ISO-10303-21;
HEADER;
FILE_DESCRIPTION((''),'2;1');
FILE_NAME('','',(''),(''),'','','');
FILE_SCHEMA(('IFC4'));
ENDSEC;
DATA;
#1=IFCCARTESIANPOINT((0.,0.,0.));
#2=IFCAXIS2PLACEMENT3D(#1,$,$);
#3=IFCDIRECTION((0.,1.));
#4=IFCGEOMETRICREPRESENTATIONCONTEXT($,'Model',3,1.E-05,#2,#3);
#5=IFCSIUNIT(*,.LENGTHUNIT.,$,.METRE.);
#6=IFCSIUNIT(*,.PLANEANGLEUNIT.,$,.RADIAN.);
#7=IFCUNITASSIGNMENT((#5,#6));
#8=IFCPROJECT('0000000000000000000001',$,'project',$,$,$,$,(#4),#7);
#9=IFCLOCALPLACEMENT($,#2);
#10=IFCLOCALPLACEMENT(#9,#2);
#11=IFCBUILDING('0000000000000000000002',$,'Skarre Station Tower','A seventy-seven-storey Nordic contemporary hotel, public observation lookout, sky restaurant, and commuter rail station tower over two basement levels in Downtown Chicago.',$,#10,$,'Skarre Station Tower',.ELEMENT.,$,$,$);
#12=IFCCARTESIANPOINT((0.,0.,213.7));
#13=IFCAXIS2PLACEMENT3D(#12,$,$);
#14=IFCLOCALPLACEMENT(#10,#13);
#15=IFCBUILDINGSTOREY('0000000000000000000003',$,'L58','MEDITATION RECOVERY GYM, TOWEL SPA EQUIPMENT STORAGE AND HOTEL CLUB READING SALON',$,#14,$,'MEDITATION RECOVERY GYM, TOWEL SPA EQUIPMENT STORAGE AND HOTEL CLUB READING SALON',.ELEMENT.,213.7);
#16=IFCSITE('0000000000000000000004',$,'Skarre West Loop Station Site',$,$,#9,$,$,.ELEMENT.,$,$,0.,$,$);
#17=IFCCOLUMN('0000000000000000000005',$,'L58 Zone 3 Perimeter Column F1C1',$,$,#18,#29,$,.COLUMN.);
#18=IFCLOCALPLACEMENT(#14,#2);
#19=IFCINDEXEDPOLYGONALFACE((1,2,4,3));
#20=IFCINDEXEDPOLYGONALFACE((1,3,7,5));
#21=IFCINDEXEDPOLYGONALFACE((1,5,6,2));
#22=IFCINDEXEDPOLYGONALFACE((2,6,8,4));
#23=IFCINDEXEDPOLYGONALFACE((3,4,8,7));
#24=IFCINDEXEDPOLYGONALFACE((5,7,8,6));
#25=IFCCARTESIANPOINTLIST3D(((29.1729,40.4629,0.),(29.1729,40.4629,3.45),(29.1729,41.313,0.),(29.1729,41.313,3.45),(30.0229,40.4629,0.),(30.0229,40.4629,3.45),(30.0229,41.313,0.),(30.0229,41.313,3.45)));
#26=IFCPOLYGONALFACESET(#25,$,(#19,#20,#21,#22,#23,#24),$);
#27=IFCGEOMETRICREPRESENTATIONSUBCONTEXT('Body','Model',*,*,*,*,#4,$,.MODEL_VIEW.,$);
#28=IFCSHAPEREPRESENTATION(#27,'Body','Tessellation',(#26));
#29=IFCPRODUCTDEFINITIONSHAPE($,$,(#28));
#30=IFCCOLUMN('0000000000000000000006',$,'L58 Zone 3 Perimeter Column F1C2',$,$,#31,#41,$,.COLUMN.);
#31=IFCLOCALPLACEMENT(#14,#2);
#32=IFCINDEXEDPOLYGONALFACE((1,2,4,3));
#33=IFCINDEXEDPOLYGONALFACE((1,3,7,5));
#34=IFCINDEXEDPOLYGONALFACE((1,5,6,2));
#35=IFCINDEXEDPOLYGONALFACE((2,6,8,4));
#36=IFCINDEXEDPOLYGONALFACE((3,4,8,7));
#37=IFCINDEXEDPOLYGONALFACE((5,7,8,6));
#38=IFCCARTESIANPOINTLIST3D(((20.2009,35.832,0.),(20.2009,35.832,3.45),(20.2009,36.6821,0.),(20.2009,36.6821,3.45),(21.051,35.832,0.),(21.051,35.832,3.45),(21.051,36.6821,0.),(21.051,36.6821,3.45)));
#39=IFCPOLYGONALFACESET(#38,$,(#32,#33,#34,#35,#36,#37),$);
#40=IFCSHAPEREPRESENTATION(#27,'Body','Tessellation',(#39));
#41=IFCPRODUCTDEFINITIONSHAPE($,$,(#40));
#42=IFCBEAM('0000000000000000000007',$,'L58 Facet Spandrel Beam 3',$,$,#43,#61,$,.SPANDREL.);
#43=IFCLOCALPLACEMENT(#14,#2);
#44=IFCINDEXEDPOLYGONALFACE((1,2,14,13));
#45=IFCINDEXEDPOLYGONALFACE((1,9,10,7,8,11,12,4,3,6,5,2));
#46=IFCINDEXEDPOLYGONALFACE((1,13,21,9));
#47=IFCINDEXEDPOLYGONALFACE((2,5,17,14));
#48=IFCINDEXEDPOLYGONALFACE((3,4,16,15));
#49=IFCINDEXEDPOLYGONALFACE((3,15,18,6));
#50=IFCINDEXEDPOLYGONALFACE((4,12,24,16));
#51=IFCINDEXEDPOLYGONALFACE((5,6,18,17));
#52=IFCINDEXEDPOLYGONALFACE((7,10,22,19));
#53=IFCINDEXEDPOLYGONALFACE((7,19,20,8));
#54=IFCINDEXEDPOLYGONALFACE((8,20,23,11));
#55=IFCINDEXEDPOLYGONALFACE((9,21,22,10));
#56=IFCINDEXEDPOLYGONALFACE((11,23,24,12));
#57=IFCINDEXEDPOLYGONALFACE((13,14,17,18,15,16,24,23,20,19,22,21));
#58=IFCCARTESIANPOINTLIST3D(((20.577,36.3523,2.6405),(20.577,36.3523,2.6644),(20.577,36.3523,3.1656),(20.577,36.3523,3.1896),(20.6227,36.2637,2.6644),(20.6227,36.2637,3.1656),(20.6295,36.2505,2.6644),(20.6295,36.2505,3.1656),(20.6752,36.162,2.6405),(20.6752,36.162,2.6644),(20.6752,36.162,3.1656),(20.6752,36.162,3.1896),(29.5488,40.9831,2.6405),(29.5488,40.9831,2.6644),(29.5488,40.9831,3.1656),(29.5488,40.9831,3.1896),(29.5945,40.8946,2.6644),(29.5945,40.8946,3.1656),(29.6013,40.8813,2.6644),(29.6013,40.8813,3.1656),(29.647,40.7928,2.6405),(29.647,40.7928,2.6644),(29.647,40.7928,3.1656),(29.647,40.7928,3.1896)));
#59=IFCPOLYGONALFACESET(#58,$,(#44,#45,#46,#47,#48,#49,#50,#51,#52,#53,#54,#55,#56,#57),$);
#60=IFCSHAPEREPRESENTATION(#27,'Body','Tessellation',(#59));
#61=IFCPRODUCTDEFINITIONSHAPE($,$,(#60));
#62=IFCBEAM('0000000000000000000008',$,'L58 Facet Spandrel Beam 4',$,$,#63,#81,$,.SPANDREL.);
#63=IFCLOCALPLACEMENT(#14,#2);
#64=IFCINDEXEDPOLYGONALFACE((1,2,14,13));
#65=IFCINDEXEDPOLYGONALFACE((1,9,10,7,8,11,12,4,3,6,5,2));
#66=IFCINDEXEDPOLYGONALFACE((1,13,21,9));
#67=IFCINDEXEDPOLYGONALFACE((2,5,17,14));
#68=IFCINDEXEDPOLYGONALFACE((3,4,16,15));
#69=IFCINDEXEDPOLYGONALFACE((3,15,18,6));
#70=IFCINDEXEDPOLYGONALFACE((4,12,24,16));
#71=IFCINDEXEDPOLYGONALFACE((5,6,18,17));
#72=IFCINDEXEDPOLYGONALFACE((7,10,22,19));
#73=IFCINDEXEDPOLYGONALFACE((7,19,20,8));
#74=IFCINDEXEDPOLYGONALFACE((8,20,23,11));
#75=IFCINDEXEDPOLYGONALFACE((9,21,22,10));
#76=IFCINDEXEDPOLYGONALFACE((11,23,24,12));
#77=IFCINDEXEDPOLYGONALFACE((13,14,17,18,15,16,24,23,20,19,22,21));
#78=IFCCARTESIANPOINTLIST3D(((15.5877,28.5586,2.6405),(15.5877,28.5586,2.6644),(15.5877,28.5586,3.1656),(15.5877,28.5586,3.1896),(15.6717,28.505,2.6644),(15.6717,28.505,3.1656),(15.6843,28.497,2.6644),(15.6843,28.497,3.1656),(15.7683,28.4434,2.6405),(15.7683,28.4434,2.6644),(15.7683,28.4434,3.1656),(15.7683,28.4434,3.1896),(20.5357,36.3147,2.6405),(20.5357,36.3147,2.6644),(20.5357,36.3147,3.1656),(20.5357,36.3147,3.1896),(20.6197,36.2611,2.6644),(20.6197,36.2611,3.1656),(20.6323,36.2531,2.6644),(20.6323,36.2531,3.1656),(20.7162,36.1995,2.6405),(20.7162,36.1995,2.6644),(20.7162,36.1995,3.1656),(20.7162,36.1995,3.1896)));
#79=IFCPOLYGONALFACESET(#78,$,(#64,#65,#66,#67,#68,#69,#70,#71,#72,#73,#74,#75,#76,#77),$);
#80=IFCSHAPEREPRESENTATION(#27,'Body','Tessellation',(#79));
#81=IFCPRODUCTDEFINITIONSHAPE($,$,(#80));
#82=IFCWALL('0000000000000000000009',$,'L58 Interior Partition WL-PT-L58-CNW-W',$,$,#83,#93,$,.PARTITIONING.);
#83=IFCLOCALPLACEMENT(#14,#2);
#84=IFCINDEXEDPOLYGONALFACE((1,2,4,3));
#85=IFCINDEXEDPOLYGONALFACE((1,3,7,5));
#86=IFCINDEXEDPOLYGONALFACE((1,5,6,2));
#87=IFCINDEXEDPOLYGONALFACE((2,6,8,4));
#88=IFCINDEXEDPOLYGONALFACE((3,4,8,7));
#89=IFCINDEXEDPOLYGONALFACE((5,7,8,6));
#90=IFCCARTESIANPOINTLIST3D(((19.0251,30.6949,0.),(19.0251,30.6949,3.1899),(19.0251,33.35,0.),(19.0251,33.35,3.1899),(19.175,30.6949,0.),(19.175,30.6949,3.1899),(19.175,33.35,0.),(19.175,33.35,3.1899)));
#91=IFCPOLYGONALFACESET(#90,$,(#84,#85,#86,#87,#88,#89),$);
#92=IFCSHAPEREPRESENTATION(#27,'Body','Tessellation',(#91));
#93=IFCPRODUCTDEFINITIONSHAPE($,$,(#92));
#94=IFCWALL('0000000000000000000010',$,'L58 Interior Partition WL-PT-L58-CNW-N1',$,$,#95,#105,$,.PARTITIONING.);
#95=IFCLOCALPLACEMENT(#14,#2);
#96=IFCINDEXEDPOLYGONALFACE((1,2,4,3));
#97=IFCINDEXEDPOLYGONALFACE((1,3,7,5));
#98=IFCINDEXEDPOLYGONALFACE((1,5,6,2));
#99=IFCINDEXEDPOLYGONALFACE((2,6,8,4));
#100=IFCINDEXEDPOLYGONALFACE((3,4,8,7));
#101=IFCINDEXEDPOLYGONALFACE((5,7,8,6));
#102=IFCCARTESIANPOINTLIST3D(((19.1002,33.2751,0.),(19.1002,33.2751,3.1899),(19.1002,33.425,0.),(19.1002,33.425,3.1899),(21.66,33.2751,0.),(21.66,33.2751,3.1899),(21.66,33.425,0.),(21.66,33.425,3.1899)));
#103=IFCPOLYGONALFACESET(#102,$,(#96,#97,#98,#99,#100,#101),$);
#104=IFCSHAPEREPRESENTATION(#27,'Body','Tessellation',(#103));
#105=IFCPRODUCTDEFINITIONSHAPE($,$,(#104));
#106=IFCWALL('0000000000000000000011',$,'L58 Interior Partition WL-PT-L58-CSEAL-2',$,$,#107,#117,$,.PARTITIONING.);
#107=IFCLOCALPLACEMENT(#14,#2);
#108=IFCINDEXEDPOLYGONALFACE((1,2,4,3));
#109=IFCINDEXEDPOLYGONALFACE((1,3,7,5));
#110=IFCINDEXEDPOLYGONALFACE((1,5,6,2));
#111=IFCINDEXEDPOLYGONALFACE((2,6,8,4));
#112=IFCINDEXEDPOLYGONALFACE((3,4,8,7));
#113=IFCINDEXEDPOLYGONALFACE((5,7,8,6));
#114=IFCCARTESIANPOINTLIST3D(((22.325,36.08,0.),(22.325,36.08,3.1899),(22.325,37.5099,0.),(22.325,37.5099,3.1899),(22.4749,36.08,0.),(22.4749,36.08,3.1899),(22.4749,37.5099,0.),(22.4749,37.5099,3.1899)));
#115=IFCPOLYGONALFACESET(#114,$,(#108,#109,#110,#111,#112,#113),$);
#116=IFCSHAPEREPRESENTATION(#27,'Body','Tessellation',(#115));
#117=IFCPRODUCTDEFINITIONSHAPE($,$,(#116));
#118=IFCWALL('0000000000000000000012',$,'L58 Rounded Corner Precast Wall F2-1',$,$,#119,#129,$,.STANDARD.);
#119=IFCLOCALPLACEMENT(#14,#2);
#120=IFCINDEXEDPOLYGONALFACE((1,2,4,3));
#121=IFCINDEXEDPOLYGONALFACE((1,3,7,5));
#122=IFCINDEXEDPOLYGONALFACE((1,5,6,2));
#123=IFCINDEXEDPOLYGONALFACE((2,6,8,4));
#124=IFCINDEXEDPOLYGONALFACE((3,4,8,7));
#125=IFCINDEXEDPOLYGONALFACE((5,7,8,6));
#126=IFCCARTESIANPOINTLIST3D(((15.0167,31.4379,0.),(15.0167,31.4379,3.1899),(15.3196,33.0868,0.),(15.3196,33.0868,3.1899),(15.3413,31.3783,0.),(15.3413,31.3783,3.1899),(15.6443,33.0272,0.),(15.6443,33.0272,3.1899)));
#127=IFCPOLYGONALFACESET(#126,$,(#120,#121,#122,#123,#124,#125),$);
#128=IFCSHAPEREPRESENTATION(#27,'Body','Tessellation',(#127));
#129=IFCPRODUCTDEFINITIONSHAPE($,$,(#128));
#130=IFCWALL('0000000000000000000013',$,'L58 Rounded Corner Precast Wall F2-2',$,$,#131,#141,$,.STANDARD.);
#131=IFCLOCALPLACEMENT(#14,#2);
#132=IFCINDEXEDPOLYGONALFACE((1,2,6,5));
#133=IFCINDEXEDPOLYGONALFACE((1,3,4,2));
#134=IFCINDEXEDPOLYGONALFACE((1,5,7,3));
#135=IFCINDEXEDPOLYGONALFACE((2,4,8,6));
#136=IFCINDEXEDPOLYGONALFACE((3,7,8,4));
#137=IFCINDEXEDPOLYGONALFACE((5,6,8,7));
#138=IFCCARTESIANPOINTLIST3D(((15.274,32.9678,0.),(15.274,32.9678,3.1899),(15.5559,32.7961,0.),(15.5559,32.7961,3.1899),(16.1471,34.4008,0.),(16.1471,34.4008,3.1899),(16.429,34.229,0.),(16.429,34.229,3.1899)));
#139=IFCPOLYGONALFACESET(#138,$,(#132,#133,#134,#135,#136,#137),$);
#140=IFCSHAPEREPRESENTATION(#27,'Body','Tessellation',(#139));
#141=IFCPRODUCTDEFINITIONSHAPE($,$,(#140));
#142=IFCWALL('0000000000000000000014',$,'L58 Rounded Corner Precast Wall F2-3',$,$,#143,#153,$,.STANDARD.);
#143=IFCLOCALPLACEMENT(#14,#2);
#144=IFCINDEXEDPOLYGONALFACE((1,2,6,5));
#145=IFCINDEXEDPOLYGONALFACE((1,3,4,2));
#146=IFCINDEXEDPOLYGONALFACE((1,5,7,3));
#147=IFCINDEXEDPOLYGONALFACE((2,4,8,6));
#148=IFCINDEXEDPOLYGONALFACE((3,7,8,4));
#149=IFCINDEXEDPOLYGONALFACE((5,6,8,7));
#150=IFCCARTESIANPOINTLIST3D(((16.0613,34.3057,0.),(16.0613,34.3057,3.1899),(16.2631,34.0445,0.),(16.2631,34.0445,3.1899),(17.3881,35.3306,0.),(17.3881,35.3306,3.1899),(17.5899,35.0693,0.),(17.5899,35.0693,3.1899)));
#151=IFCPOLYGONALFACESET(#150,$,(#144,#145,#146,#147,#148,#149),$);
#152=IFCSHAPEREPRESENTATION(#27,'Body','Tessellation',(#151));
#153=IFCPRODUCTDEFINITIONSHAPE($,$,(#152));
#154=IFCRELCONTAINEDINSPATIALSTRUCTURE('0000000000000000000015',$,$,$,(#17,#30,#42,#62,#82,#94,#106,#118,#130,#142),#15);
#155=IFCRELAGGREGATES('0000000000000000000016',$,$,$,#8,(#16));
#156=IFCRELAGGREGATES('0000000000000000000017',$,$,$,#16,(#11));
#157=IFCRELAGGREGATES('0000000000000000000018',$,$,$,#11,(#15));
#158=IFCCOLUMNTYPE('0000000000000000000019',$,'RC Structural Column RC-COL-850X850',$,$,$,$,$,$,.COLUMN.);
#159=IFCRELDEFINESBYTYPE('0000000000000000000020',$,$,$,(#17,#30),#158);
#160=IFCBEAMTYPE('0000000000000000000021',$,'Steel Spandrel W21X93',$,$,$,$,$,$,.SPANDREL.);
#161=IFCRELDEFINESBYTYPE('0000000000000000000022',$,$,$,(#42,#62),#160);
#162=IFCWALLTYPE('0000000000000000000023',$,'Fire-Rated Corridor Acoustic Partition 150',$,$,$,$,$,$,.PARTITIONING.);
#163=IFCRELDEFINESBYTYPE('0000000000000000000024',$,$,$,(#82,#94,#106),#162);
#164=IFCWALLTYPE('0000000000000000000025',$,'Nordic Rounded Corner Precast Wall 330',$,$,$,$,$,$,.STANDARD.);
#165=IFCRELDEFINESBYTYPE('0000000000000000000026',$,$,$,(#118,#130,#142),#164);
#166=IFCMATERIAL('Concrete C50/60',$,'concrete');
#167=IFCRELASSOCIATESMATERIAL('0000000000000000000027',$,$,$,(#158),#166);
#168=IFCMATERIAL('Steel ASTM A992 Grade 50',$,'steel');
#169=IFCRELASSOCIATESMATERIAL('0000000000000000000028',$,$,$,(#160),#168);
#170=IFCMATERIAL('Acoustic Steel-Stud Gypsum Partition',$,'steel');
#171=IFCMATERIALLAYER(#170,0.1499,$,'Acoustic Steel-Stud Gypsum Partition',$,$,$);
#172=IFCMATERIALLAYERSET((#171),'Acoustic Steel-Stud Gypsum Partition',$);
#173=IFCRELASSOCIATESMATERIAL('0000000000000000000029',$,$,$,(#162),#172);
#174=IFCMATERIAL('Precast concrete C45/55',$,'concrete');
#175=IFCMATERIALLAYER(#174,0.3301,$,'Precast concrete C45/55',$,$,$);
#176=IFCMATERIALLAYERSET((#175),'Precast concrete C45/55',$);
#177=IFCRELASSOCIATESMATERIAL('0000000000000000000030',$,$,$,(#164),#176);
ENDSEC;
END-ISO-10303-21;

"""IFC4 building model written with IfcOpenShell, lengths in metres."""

from ifc_helpers import new_model, si_unit, direction, frame, frame_2d, origin, origin_2d, place, context, subcontext, project, spatial, rectangle, i_section, extrude, material, layer, layer_set, material_profile, profile_set, type_object, element, save


model = new_model("IFC4")

# Units and contexts
model_context = context("Model", 3, precision=1e-05, world=origin(), true_north=direction((0.0, 1.0)))
body_context = subcontext(model_context, "Body", "Model", "MODEL_VIEW")
ifc_project = project(units=[si_unit("LENGTHUNIT", "METRE"), si_unit("PLANEANGLEUNIT", "RADIAN")], contexts=[model_context])

# Site, building, storey
site_placement = place(None, origin())
site = spatial("IfcSite", under=ifc_project, at=site_placement, Name="Skarre West Loop Station Site", CompositionType="ELEMENT", RefElevation=0.0)
building_placement = place(site_placement, origin())
building = spatial("IfcBuilding", under=site, at=building_placement, Name="Skarre Station Tower", Description="A seventy-seven-storey Nordic contemporary hotel, public observation lookout, sky restaurant, and commuter rail station tower over two basement levels in Downtown Chicago.", LongName="Skarre Station Tower", CompositionType="ELEMENT")
storey_placement = place(building_placement, frame((0.0, 0.0, 213.7)))
storey = spatial("IfcBuildingStorey", under=building, at=storey_placement, Name="L58", Description="MEDITATION RECOVERY GYM, TOWEL SPA EQUIPMENT STORAGE AND HOTEL CLUB READING SALON", LongName="MEDITATION RECOVERY GYM, TOWEL SPA EQUIPMENT STORAGE AND HOTEL CLUB READING SALON", CompositionType="ELEMENT", Elevation=213.7)

# Columns
ifc_material_1 = material(Name="Concrete C50/60", Category="concrete")
ifc_material_profile_1 = material_profile(ifc_material_1, rectangle(XDim=0.8501, YDim=0.8501, at=origin_2d()), Name="Concrete C50/60")
ifc_profile_set_1 = profile_set([ifc_material_profile_1], Name="Concrete C50/60")
column_type = type_object("IfcColumnType", Name="RC Structural Column RC-COL-850X850", PredefinedType="COLUMN", material=ifc_profile_set_1)
for number, where, z_axis, x_axis, name in (
    (1, (29.5979, 40.8879, 0.0), (0.0, 0.0, 1.0), (1.0, 0.0, 0.0), "L58 Zone 3 Perimeter Column F1C1"),
    (2, (20.626, 36.2571, 0.0), (0.0, 0.0, 1.0), (1.0, 0.0, 0.0), "L58 Zone 3 Perimeter Column F1C2"),
):
    element("IfcColumn", number, at=place(storey_placement, frame(where, z_axis=z_axis, x_axis=x_axis)), inside=storey, type_object=column_type, Name=name, PredefinedType="COLUMN", context=body_context, shape_type="SweptSolid", body=[
        extrude(rectangle(XDim=0.8501, YDim=0.8501, at=origin_2d()), origin(), (0.0, 0.0, 1.0), 3.45),
    ])

# Beams
ifc_material_2 = material(Name="Steel ASTM A992 Grade 50", Category="steel")
ifc_material_profile_2 = material_profile(ifc_material_2, i_section(OverallWidth=0.2141, OverallDepth=0.5491, WebThickness=0.0149, FlangeThickness=0.0239, at=origin_2d()), Name="Steel ASTM A992 Grade 50")
ifc_profile_set_2 = profile_set([ifc_material_profile_2], Name="Steel ASTM A992 Grade 50")
beam_type = type_object("IfcBeamType", Name="Steel Spandrel W21X93", PredefinedType="SPANDREL", material=ifc_profile_set_2)
beam_1_placement = place(storey_placement, frame((29.5979, 40.8879, 2.915), z_axis=(-0.888613, -0.458658, 0.0), x_axis=(0.458658, -0.888613, 0.0)))
element("IfcBeam", 3, at=beam_1_placement, inside=storey, type_object=beam_type, Name="L58 Facet Spandrel Beam 3", PredefinedType="SPANDREL", context=body_context, shape_type="SweptSolid", body=[
    extrude(i_section(OverallWidth=0.2141, OverallDepth=0.5491, WebThickness=0.0149, FlangeThickness=0.0239, at=origin_2d()), origin(), (0.0, 0.0, 1.0), 10.0964),
])
beam_2_placement = place(storey_placement, frame((20.626, 36.2571, 2.915), z_axis=(-0.537826, -0.843056, 0.0), x_axis=(0.843056, -0.537826, 0.0)))
element("IfcBeam", 4, at=beam_2_placement, inside=storey, type_object=beam_type, Name="L58 Facet Spandrel Beam 4", PredefinedType="SPANDREL", context=body_context, shape_type="SweptSolid", body=[
    extrude(i_section(OverallWidth=0.2141, OverallDepth=0.5491, WebThickness=0.0149, FlangeThickness=0.0239, at=origin_2d()), origin(), (0.0, 0.0, 1.0), 9.2),
])

# Walls
ifc_material_3 = material(Name="Acoustic Steel-Stud Gypsum Partition", Category="steel")
ifc_layer_1 = layer(ifc_material_3, 0.1499, Name="Acoustic Steel-Stud Gypsum Partition")
ifc_layer_set_1 = layer_set([ifc_layer_1], Name="Acoustic Steel-Stud Gypsum Partition")
wall_type_1 = type_object("IfcWallType", Name="Fire-Rated Corridor Acoustic Partition 150", PredefinedType="PARTITIONING", material=ifc_layer_set_1)
wall_1_placement = place(storey_placement, frame((19.1001, 33.3501, 0.0), z_axis=(0.0, 0.0, 1.0), x_axis=(0.0, -1.0, 0.0)))
element("IfcWall", 5, at=wall_1_placement, inside=storey, type_object=wall_type_1, Name="L58 Interior Partition WL-PT-L58-CNW-W", PredefinedType="PARTITIONING", context=body_context, shape_type="SweptSolid", body=[
    extrude(rectangle(XDim=2.655, YDim=0.1499, at=frame_2d((1.3276, 0.0))), origin(), (0.0, 0.0, 1.0), 3.1899),
])
wall_2_placement = place(storey_placement, frame((21.6599, 33.3501, 0.0), z_axis=(0.0, 0.0, 1.0), x_axis=(-1.0, 0.0, 0.0)))
element("IfcWall", 6, at=wall_2_placement, inside=storey, type_object=wall_type_1, Name="L58 Interior Partition WL-PT-L58-CNW-N1", PredefinedType="PARTITIONING", context=body_context, shape_type="SweptSolid", body=[
    extrude(rectangle(XDim=2.5598, YDim=0.1499, at=frame_2d((1.2798, 0.0))), origin(), (0.0, 0.0, 1.0), 3.1899),
])
wall_3_placement = place(storey_placement, frame((22.3999, 36.0801, 0.0), z_axis=(0.0, 0.0, 1.0), x_axis=(0.0, 1.0, 0.0)))
element("IfcWall", 7, at=wall_3_placement, inside=storey, type_object=wall_type_1, Name="L58 Interior Partition WL-PT-L58-CSEAL-2", PredefinedType="PARTITIONING", context=body_context, shape_type="SweptSolid", body=[
    extrude(rectangle(XDim=1.4299, YDim=0.1499, at=frame_2d((0.7148, 0.0))), origin(), (0.0, 0.0, 1.0), 3.1899),
])
ifc_material_4 = material(Name="Precast concrete C45/55", Category="concrete")
ifc_layer_2 = layer(ifc_material_4, 0.3301, Name="Precast concrete C45/55")
ifc_layer_set_2 = layer_set([ifc_layer_2], Name="Precast concrete C45/55")
wall_type_2 = type_object("IfcWallType", Name="Nordic Rounded Corner Precast Wall 330", PredefinedType="STANDARD", material=ifc_layer_set_2)
wall_4_placement = place(storey_placement, frame((15.179, 31.408, 0.0), z_axis=(0.0, 0.0, 1.0), x_axis=(0.180718, 0.983535, 0.0)))
element("IfcWall", 8, at=wall_4_placement, inside=storey, type_object=wall_type_2, Name="L58 Rounded Corner Precast Wall F2-1", PredefinedType="STANDARD", context=body_context, shape_type="SweptSolid", body=[
    extrude(rectangle(XDim=1.6765, YDim=0.3301, at=frame_2d((0.8384, 0.0))), origin(), (0.0, 0.0, 1.0), 3.1899),
])
wall_5_placement = place(storey_placement, frame((15.415, 32.8821, 0.0), z_axis=(0.0, 0.0, 1.0), x_axis=(0.520325, 0.853968, 0.0)))
element("IfcWall", 9, at=wall_5_placement, inside=storey, type_object=wall_type_2, Name="L58 Rounded Corner Precast Wall F2-2", PredefinedType="STANDARD", context=body_context, shape_type="SweptSolid", body=[
    extrude(rectangle(XDim=1.678, YDim=0.3301, at=frame_2d((0.8389, 0.0))), origin(), (0.0, 0.0, 1.0), 3.1899),
])
wall_6_placement = place(storey_placement, frame((16.1621, 34.175, 0.0), z_axis=(0.0, 0.0, 1.0), x_axis=(0.79141, 0.611286, 0.0)))
element("IfcWall", 10, at=wall_6_placement, inside=storey, type_object=wall_type_2, Name="L58 Rounded Corner Precast Wall F2-3", PredefinedType="STANDARD", context=body_context, shape_type="SweptSolid", body=[
    extrude(rectangle(XDim=1.6765, YDim=0.3301, at=frame_2d((0.8384, 0.0))), origin(), (0.0, 0.0, 1.0), 3.1899),
])

save(model, "model.ifc")
